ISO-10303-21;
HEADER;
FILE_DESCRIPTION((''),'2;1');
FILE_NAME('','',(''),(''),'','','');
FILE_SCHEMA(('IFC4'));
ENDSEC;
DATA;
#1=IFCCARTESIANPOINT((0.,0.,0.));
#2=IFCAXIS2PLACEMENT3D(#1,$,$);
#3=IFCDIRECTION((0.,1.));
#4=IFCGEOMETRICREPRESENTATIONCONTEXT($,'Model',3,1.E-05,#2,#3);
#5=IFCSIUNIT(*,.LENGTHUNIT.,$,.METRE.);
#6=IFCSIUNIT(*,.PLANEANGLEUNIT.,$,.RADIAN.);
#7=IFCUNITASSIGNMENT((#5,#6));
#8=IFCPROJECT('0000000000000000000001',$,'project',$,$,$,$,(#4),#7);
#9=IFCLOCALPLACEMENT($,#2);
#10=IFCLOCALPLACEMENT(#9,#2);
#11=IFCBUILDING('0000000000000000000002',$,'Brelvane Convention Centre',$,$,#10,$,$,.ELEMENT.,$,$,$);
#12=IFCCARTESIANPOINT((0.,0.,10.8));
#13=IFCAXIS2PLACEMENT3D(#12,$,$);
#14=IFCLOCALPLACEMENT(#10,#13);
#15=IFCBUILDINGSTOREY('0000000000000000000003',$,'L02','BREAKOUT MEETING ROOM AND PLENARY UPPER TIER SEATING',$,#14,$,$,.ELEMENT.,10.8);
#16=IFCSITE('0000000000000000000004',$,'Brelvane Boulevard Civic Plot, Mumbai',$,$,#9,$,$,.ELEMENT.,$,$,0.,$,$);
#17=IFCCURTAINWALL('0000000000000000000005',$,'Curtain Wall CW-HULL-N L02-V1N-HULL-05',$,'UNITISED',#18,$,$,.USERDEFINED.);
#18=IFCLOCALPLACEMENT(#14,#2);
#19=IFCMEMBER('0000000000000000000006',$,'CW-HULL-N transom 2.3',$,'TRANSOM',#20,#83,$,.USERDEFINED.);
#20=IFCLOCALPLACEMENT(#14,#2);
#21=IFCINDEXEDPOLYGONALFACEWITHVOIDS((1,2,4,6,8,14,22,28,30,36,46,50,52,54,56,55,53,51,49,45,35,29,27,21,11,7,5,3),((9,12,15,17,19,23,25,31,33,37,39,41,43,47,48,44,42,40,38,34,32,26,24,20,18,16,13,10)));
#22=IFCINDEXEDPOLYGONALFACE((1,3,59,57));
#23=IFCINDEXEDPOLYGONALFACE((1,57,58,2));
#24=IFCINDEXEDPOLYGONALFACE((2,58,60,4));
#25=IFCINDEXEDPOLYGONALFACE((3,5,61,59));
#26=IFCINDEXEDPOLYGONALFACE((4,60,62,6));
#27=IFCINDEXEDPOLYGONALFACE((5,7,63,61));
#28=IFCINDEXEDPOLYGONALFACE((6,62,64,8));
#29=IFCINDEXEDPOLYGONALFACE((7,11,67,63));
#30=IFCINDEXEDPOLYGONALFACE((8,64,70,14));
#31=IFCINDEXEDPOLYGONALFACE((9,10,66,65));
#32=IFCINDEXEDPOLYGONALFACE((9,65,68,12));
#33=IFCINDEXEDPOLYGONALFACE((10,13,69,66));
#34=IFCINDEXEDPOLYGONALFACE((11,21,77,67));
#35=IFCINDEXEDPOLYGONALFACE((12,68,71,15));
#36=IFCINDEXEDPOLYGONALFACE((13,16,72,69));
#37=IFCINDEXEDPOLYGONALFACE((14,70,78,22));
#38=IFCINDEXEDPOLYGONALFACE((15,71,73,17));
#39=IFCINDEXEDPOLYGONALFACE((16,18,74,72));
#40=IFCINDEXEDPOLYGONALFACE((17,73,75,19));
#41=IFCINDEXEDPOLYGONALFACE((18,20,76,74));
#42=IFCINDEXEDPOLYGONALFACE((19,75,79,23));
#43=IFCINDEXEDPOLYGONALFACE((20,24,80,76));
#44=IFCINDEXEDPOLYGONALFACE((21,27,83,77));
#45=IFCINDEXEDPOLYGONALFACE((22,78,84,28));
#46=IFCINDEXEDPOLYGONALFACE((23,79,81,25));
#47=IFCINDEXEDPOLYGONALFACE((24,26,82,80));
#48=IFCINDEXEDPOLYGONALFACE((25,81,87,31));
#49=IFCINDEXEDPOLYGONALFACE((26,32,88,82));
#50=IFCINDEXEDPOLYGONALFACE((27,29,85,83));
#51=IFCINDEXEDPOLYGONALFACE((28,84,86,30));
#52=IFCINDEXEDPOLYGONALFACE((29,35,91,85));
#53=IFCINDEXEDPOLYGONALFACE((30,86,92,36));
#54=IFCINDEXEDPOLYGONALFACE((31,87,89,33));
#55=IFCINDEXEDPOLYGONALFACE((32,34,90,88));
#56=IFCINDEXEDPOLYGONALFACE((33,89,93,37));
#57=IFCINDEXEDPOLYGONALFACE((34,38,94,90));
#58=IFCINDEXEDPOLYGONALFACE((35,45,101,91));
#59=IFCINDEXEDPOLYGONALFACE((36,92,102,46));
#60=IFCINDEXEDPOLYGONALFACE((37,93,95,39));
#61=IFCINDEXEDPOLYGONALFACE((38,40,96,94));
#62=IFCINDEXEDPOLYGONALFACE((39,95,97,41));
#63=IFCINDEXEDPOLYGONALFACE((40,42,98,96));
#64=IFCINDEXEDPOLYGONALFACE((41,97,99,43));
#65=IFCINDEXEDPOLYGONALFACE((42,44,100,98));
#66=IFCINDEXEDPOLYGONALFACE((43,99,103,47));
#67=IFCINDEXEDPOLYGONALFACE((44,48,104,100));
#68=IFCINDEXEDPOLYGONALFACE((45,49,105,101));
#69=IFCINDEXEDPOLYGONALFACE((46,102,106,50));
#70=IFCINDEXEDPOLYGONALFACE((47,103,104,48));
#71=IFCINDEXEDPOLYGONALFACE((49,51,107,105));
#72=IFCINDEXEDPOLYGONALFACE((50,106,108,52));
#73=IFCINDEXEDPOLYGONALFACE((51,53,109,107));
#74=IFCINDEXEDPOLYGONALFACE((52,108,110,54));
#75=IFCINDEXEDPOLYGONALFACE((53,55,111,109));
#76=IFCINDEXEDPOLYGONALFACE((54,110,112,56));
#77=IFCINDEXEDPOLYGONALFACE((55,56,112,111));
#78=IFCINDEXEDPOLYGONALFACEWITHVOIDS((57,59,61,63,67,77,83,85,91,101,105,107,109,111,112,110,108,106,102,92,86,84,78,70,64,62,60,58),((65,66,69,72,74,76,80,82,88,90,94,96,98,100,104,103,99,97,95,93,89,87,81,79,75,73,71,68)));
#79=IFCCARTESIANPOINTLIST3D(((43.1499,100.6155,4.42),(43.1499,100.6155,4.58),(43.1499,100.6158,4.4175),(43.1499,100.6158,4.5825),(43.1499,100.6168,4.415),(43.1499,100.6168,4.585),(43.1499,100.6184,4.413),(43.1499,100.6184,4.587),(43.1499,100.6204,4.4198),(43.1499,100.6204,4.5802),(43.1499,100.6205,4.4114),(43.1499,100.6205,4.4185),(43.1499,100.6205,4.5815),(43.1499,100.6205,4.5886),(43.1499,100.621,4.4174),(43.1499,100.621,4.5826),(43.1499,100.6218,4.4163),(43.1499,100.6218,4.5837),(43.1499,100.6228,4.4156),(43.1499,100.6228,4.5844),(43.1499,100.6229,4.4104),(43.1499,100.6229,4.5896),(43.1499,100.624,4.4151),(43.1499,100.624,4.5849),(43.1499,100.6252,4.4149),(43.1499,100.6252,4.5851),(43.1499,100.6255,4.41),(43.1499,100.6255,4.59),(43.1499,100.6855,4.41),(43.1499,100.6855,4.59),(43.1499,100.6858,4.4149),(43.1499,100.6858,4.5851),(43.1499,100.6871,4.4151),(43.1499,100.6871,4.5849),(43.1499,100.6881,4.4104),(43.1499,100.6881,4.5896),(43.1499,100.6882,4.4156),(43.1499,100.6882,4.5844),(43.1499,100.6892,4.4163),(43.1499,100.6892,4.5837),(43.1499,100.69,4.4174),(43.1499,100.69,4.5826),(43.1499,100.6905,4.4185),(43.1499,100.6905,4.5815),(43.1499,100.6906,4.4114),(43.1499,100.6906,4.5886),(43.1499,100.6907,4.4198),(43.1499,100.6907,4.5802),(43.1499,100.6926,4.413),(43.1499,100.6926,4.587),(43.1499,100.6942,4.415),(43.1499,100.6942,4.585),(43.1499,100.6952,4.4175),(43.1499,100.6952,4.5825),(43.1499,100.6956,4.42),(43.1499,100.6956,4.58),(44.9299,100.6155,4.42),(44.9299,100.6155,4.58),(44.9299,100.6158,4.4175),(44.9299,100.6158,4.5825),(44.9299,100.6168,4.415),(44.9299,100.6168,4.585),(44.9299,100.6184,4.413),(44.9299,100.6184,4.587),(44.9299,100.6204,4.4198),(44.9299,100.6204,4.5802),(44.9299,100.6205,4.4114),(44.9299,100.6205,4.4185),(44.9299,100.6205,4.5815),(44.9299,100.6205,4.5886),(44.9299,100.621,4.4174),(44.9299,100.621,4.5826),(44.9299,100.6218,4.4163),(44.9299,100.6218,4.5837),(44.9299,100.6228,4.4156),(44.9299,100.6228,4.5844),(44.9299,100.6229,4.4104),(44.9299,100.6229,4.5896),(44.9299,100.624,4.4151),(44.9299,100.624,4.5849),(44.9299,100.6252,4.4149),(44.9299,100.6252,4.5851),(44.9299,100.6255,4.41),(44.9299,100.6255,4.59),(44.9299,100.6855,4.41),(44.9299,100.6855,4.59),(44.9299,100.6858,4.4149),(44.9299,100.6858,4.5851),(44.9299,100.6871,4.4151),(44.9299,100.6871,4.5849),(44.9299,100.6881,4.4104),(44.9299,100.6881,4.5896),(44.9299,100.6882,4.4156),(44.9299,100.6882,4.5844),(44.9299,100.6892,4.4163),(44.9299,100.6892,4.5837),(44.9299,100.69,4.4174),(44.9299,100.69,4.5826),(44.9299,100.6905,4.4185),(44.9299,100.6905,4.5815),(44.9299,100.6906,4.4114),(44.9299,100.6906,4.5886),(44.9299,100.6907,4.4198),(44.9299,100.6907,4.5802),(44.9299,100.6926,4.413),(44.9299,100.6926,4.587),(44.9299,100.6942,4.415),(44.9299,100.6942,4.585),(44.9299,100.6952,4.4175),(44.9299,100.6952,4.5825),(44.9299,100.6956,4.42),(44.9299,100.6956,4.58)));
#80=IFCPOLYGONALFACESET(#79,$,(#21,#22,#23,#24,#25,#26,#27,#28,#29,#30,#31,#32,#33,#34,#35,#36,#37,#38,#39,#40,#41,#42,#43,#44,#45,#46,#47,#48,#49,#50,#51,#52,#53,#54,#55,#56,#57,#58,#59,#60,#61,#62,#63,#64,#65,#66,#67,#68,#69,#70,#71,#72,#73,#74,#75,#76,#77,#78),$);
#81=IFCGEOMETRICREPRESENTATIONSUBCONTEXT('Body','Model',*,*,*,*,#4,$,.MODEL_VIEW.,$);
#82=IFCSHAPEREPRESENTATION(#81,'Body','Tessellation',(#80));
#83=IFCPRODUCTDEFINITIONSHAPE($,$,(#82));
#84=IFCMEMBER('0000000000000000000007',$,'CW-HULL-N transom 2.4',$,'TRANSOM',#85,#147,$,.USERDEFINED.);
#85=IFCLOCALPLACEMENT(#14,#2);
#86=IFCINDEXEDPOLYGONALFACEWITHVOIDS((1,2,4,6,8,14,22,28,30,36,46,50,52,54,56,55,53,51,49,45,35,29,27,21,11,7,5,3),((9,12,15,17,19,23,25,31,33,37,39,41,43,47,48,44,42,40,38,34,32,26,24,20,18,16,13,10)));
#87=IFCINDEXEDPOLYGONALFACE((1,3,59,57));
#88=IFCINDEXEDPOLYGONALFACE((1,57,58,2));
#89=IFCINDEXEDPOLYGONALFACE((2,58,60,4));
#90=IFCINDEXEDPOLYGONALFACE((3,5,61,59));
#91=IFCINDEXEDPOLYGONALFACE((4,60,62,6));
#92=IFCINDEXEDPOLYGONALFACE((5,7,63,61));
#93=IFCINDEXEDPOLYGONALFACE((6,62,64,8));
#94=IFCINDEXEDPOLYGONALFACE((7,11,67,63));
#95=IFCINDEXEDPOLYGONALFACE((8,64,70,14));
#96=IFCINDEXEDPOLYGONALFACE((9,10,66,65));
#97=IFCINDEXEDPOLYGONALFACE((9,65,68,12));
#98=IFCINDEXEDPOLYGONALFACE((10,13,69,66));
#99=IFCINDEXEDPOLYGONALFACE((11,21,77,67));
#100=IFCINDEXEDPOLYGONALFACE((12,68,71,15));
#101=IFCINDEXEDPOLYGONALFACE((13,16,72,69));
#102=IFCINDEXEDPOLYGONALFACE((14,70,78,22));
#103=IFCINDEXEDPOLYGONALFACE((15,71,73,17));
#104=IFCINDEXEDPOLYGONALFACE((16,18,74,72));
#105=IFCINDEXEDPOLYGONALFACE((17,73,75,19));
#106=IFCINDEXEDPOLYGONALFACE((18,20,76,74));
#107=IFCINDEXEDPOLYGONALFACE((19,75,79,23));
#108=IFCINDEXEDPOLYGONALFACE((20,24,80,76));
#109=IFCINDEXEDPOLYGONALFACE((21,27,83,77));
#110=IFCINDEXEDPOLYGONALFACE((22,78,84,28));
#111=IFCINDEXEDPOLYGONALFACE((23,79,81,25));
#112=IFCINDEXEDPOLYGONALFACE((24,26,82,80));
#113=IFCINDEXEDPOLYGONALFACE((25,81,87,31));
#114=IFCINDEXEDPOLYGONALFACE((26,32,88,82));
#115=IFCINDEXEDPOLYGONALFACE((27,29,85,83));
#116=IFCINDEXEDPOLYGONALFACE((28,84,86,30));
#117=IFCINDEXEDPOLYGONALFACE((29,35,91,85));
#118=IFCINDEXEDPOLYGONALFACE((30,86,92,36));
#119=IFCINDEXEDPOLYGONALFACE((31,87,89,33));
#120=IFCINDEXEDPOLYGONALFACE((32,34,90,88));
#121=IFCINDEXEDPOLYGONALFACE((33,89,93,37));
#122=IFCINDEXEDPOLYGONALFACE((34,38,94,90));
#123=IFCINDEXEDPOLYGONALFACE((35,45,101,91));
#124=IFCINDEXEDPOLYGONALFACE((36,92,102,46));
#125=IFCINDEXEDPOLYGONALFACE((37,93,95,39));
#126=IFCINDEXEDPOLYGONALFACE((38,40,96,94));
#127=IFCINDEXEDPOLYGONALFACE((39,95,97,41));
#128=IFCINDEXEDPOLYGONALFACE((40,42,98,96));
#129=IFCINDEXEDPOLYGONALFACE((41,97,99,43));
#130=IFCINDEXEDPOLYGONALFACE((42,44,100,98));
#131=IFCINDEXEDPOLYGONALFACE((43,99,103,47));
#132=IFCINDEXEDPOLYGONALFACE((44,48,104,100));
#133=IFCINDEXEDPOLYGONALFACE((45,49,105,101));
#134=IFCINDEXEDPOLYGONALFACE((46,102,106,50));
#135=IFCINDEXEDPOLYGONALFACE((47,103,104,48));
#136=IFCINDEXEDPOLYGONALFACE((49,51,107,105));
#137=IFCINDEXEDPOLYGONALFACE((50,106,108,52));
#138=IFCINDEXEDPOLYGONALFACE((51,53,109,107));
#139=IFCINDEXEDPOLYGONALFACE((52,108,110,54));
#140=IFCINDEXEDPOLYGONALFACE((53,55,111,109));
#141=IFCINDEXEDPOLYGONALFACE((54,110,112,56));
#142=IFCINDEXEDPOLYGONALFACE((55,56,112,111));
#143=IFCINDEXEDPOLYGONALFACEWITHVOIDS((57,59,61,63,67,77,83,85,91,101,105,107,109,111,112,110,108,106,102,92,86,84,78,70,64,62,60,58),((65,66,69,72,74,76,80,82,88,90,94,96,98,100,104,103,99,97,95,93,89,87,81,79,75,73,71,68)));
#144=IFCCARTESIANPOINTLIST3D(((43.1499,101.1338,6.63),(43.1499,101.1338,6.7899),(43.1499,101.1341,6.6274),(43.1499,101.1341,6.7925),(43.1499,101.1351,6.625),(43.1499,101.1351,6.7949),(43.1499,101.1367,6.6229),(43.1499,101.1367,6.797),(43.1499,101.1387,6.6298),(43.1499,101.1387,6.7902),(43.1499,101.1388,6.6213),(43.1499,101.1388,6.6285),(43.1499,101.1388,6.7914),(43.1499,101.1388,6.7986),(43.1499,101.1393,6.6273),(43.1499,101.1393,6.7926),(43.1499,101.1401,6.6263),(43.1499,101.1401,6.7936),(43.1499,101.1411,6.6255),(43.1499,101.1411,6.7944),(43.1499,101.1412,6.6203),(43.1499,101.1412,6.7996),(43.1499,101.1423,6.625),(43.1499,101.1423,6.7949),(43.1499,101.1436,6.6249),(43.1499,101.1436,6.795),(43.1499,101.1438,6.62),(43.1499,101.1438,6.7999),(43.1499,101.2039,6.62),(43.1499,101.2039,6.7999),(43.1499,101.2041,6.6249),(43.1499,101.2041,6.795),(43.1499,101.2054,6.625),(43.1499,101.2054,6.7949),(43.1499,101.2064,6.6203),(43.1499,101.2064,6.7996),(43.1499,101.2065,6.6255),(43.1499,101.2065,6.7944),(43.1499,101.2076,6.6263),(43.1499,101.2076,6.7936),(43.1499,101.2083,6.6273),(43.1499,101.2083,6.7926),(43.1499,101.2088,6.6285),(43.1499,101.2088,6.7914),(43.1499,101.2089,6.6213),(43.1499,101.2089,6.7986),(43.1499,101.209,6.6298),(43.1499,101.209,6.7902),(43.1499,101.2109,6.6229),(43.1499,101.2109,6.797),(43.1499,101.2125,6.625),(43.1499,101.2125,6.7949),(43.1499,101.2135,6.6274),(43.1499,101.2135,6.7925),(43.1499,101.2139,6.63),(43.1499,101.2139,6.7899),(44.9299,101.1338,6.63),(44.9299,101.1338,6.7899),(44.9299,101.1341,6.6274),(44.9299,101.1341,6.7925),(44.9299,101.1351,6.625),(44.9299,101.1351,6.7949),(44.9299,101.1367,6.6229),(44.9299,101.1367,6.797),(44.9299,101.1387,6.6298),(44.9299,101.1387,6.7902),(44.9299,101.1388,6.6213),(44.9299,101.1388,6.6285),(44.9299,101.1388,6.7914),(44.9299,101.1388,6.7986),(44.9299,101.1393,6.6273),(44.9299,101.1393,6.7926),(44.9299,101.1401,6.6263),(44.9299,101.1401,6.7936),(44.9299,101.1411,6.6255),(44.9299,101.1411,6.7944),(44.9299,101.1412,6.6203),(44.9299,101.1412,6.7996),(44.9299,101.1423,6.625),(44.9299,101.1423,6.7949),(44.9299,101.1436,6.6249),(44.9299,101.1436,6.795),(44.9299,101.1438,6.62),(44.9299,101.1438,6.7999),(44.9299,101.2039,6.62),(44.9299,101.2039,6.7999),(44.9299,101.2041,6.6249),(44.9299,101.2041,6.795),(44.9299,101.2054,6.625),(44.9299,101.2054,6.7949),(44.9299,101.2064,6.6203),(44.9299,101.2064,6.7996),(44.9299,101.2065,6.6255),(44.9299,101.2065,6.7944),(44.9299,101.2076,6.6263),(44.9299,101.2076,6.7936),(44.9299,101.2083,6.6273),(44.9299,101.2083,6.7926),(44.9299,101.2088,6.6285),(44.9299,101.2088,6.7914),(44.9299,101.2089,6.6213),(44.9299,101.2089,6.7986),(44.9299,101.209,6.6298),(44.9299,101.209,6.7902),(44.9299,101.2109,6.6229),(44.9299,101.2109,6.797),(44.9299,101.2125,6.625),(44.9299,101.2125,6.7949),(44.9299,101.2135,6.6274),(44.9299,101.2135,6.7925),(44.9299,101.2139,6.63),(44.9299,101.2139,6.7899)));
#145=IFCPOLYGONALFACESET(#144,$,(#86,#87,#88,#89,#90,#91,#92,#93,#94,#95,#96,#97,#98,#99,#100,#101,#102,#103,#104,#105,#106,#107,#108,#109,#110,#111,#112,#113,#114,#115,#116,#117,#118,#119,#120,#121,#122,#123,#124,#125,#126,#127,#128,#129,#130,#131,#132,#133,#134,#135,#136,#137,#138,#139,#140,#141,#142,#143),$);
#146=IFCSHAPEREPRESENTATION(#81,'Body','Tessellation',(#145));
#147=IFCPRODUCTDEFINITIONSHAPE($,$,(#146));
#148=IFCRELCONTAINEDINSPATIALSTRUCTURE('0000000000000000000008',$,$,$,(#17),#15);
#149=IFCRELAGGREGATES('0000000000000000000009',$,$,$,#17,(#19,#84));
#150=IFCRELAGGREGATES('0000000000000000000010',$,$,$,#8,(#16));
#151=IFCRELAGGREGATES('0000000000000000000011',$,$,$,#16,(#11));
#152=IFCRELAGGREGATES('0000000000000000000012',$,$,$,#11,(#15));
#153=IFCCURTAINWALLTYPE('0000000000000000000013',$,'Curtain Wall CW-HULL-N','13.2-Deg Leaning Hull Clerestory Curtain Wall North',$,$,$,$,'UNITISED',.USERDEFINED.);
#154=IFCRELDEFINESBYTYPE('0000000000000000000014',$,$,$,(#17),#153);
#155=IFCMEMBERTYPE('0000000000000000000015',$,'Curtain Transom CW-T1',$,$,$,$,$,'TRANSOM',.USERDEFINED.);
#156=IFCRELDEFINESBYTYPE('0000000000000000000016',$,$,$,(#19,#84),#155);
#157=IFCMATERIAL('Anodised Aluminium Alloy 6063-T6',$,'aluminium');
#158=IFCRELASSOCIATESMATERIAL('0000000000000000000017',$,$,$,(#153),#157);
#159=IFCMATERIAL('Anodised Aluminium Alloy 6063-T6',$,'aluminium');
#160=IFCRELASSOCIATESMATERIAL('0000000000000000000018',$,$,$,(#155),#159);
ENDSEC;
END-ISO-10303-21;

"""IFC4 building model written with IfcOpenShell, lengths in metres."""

from ifc_helpers import new_model, si_unit, direction, frame, origin, origin_2d, place, context, subcontext, project, spatial, hollow_rectangle, extrude, material, material_profile, profile_set, type_object, element, aggregate, save


model = new_model("IFC4")

# Units and contexts
model_context = context("Model", 3, precision=1e-05, world=origin(), true_north=direction((0.0, 1.0)))
body_context = subcontext(model_context, "Body", "Model", "MODEL_VIEW")
ifc_project = project(units=[si_unit("LENGTHUNIT", "METRE"), si_unit("PLANEANGLEUNIT", "RADIAN")], contexts=[model_context])

# Site, building, storey
site_placement = place(None, origin())
site = spatial("IfcSite", under=ifc_project, at=site_placement, Name="Brelvane Boulevard Civic Plot, Mumbai", CompositionType="ELEMENT", RefElevation=0.0)
building_placement = place(site_placement, origin())
building = spatial("IfcBuilding", under=site, at=building_placement, Name="Brelvane Convention Centre", CompositionType="ELEMENT")
storey_placement = place(building_placement, frame((0.0, 0.0, 10.8)))
storey = spatial("IfcBuildingStorey", under=building, at=storey_placement, Name="L02", Description="BREAKOUT MEETING ROOM AND PLENARY UPPER TIER SEATING", CompositionType="ELEMENT", Elevation=10.8)

# Curtain wall, members
ifc_material_1 = material(Name="Anodised Aluminium Alloy 6063-T6", Category="aluminium")
curtain_wall_type = type_object("IfcCurtainWallType", Name="Curtain Wall CW-HULL-N", Description="13.2-Deg Leaning Hull Clerestory Curtain Wall North", ElementType="UNITISED", PredefinedType="USERDEFINED", material=ifc_material_1)
curtain_wall_placement = place(storey_placement, origin())
curtain_wall = element("IfcCurtainWall", 1, at=curtain_wall_placement, inside=storey, type_object=curtain_wall_type, Name="Curtain Wall CW-HULL-N L02-V1N-HULL-05", ObjectType="UNITISED", PredefinedType="USERDEFINED")
ifc_material_2 = material(Name="Anodised Aluminium Alloy 6063-T6", Category="aluminium")
ifc_material_profile_1 = material_profile(ifc_material_2, hollow_rectangle(XDim=0.0801, YDim=0.1799, WallThickness=0.0049, InnerFilletRadius=0.0049, OuterFilletRadius=0.01, at=origin_2d()), Name="ALU-T 180x80x5.0")
ifc_profile_set_1 = profile_set([ifc_material_profile_1], Name="Anodised Aluminium Alloy 6063-T6")
member_type_1 = type_object("IfcMemberType", Name="Curtain Transom CW-T1", ElementType="TRANSOM", PredefinedType="USERDEFINED", material=ifc_profile_set_1)
member_1_placement = place(storey_placement, frame((43.1499, 100.6555, 4.5), z_axis=(1.0, 0.0, 0.0), x_axis=(0.0, 1.0, 0.0)))
member_1 = element("IfcMember", 2, at=member_1_placement, type_object=member_type_1, Name="CW-HULL-N transom 2.3", ObjectType="TRANSOM", PredefinedType="USERDEFINED", context=body_context, shape_type="SweptSolid", body=[
    extrude(hollow_rectangle(XDim=0.0801, YDim=0.1799, WallThickness=0.0049, InnerFilletRadius=0.0049, OuterFilletRadius=0.01, at=origin_2d()), origin(), (0.0, 0.0, 1.0), 1.78),
])
member_2_placement = place(storey_placement, frame((43.1499, 101.1738, 6.71), z_axis=(1.0, 0.0, 0.0), x_axis=(0.0, 1.0, 0.0)))
member_2 = element("IfcMember", 3, at=member_2_placement, type_object=member_type_1, Name="CW-HULL-N transom 2.4", ObjectType="TRANSOM", PredefinedType="USERDEFINED", context=body_context, shape_type="SweptSolid", body=[
    extrude(hollow_rectangle(XDim=0.0801, YDim=0.1799, WallThickness=0.0049, InnerFilletRadius=0.0049, OuterFilletRadius=0.01, at=origin_2d()), origin(), (0.0, 0.0, 1.0), 1.78),
])

aggregate(curtain_wall, [member_1, member_2])

save(model, "model.ifc")
